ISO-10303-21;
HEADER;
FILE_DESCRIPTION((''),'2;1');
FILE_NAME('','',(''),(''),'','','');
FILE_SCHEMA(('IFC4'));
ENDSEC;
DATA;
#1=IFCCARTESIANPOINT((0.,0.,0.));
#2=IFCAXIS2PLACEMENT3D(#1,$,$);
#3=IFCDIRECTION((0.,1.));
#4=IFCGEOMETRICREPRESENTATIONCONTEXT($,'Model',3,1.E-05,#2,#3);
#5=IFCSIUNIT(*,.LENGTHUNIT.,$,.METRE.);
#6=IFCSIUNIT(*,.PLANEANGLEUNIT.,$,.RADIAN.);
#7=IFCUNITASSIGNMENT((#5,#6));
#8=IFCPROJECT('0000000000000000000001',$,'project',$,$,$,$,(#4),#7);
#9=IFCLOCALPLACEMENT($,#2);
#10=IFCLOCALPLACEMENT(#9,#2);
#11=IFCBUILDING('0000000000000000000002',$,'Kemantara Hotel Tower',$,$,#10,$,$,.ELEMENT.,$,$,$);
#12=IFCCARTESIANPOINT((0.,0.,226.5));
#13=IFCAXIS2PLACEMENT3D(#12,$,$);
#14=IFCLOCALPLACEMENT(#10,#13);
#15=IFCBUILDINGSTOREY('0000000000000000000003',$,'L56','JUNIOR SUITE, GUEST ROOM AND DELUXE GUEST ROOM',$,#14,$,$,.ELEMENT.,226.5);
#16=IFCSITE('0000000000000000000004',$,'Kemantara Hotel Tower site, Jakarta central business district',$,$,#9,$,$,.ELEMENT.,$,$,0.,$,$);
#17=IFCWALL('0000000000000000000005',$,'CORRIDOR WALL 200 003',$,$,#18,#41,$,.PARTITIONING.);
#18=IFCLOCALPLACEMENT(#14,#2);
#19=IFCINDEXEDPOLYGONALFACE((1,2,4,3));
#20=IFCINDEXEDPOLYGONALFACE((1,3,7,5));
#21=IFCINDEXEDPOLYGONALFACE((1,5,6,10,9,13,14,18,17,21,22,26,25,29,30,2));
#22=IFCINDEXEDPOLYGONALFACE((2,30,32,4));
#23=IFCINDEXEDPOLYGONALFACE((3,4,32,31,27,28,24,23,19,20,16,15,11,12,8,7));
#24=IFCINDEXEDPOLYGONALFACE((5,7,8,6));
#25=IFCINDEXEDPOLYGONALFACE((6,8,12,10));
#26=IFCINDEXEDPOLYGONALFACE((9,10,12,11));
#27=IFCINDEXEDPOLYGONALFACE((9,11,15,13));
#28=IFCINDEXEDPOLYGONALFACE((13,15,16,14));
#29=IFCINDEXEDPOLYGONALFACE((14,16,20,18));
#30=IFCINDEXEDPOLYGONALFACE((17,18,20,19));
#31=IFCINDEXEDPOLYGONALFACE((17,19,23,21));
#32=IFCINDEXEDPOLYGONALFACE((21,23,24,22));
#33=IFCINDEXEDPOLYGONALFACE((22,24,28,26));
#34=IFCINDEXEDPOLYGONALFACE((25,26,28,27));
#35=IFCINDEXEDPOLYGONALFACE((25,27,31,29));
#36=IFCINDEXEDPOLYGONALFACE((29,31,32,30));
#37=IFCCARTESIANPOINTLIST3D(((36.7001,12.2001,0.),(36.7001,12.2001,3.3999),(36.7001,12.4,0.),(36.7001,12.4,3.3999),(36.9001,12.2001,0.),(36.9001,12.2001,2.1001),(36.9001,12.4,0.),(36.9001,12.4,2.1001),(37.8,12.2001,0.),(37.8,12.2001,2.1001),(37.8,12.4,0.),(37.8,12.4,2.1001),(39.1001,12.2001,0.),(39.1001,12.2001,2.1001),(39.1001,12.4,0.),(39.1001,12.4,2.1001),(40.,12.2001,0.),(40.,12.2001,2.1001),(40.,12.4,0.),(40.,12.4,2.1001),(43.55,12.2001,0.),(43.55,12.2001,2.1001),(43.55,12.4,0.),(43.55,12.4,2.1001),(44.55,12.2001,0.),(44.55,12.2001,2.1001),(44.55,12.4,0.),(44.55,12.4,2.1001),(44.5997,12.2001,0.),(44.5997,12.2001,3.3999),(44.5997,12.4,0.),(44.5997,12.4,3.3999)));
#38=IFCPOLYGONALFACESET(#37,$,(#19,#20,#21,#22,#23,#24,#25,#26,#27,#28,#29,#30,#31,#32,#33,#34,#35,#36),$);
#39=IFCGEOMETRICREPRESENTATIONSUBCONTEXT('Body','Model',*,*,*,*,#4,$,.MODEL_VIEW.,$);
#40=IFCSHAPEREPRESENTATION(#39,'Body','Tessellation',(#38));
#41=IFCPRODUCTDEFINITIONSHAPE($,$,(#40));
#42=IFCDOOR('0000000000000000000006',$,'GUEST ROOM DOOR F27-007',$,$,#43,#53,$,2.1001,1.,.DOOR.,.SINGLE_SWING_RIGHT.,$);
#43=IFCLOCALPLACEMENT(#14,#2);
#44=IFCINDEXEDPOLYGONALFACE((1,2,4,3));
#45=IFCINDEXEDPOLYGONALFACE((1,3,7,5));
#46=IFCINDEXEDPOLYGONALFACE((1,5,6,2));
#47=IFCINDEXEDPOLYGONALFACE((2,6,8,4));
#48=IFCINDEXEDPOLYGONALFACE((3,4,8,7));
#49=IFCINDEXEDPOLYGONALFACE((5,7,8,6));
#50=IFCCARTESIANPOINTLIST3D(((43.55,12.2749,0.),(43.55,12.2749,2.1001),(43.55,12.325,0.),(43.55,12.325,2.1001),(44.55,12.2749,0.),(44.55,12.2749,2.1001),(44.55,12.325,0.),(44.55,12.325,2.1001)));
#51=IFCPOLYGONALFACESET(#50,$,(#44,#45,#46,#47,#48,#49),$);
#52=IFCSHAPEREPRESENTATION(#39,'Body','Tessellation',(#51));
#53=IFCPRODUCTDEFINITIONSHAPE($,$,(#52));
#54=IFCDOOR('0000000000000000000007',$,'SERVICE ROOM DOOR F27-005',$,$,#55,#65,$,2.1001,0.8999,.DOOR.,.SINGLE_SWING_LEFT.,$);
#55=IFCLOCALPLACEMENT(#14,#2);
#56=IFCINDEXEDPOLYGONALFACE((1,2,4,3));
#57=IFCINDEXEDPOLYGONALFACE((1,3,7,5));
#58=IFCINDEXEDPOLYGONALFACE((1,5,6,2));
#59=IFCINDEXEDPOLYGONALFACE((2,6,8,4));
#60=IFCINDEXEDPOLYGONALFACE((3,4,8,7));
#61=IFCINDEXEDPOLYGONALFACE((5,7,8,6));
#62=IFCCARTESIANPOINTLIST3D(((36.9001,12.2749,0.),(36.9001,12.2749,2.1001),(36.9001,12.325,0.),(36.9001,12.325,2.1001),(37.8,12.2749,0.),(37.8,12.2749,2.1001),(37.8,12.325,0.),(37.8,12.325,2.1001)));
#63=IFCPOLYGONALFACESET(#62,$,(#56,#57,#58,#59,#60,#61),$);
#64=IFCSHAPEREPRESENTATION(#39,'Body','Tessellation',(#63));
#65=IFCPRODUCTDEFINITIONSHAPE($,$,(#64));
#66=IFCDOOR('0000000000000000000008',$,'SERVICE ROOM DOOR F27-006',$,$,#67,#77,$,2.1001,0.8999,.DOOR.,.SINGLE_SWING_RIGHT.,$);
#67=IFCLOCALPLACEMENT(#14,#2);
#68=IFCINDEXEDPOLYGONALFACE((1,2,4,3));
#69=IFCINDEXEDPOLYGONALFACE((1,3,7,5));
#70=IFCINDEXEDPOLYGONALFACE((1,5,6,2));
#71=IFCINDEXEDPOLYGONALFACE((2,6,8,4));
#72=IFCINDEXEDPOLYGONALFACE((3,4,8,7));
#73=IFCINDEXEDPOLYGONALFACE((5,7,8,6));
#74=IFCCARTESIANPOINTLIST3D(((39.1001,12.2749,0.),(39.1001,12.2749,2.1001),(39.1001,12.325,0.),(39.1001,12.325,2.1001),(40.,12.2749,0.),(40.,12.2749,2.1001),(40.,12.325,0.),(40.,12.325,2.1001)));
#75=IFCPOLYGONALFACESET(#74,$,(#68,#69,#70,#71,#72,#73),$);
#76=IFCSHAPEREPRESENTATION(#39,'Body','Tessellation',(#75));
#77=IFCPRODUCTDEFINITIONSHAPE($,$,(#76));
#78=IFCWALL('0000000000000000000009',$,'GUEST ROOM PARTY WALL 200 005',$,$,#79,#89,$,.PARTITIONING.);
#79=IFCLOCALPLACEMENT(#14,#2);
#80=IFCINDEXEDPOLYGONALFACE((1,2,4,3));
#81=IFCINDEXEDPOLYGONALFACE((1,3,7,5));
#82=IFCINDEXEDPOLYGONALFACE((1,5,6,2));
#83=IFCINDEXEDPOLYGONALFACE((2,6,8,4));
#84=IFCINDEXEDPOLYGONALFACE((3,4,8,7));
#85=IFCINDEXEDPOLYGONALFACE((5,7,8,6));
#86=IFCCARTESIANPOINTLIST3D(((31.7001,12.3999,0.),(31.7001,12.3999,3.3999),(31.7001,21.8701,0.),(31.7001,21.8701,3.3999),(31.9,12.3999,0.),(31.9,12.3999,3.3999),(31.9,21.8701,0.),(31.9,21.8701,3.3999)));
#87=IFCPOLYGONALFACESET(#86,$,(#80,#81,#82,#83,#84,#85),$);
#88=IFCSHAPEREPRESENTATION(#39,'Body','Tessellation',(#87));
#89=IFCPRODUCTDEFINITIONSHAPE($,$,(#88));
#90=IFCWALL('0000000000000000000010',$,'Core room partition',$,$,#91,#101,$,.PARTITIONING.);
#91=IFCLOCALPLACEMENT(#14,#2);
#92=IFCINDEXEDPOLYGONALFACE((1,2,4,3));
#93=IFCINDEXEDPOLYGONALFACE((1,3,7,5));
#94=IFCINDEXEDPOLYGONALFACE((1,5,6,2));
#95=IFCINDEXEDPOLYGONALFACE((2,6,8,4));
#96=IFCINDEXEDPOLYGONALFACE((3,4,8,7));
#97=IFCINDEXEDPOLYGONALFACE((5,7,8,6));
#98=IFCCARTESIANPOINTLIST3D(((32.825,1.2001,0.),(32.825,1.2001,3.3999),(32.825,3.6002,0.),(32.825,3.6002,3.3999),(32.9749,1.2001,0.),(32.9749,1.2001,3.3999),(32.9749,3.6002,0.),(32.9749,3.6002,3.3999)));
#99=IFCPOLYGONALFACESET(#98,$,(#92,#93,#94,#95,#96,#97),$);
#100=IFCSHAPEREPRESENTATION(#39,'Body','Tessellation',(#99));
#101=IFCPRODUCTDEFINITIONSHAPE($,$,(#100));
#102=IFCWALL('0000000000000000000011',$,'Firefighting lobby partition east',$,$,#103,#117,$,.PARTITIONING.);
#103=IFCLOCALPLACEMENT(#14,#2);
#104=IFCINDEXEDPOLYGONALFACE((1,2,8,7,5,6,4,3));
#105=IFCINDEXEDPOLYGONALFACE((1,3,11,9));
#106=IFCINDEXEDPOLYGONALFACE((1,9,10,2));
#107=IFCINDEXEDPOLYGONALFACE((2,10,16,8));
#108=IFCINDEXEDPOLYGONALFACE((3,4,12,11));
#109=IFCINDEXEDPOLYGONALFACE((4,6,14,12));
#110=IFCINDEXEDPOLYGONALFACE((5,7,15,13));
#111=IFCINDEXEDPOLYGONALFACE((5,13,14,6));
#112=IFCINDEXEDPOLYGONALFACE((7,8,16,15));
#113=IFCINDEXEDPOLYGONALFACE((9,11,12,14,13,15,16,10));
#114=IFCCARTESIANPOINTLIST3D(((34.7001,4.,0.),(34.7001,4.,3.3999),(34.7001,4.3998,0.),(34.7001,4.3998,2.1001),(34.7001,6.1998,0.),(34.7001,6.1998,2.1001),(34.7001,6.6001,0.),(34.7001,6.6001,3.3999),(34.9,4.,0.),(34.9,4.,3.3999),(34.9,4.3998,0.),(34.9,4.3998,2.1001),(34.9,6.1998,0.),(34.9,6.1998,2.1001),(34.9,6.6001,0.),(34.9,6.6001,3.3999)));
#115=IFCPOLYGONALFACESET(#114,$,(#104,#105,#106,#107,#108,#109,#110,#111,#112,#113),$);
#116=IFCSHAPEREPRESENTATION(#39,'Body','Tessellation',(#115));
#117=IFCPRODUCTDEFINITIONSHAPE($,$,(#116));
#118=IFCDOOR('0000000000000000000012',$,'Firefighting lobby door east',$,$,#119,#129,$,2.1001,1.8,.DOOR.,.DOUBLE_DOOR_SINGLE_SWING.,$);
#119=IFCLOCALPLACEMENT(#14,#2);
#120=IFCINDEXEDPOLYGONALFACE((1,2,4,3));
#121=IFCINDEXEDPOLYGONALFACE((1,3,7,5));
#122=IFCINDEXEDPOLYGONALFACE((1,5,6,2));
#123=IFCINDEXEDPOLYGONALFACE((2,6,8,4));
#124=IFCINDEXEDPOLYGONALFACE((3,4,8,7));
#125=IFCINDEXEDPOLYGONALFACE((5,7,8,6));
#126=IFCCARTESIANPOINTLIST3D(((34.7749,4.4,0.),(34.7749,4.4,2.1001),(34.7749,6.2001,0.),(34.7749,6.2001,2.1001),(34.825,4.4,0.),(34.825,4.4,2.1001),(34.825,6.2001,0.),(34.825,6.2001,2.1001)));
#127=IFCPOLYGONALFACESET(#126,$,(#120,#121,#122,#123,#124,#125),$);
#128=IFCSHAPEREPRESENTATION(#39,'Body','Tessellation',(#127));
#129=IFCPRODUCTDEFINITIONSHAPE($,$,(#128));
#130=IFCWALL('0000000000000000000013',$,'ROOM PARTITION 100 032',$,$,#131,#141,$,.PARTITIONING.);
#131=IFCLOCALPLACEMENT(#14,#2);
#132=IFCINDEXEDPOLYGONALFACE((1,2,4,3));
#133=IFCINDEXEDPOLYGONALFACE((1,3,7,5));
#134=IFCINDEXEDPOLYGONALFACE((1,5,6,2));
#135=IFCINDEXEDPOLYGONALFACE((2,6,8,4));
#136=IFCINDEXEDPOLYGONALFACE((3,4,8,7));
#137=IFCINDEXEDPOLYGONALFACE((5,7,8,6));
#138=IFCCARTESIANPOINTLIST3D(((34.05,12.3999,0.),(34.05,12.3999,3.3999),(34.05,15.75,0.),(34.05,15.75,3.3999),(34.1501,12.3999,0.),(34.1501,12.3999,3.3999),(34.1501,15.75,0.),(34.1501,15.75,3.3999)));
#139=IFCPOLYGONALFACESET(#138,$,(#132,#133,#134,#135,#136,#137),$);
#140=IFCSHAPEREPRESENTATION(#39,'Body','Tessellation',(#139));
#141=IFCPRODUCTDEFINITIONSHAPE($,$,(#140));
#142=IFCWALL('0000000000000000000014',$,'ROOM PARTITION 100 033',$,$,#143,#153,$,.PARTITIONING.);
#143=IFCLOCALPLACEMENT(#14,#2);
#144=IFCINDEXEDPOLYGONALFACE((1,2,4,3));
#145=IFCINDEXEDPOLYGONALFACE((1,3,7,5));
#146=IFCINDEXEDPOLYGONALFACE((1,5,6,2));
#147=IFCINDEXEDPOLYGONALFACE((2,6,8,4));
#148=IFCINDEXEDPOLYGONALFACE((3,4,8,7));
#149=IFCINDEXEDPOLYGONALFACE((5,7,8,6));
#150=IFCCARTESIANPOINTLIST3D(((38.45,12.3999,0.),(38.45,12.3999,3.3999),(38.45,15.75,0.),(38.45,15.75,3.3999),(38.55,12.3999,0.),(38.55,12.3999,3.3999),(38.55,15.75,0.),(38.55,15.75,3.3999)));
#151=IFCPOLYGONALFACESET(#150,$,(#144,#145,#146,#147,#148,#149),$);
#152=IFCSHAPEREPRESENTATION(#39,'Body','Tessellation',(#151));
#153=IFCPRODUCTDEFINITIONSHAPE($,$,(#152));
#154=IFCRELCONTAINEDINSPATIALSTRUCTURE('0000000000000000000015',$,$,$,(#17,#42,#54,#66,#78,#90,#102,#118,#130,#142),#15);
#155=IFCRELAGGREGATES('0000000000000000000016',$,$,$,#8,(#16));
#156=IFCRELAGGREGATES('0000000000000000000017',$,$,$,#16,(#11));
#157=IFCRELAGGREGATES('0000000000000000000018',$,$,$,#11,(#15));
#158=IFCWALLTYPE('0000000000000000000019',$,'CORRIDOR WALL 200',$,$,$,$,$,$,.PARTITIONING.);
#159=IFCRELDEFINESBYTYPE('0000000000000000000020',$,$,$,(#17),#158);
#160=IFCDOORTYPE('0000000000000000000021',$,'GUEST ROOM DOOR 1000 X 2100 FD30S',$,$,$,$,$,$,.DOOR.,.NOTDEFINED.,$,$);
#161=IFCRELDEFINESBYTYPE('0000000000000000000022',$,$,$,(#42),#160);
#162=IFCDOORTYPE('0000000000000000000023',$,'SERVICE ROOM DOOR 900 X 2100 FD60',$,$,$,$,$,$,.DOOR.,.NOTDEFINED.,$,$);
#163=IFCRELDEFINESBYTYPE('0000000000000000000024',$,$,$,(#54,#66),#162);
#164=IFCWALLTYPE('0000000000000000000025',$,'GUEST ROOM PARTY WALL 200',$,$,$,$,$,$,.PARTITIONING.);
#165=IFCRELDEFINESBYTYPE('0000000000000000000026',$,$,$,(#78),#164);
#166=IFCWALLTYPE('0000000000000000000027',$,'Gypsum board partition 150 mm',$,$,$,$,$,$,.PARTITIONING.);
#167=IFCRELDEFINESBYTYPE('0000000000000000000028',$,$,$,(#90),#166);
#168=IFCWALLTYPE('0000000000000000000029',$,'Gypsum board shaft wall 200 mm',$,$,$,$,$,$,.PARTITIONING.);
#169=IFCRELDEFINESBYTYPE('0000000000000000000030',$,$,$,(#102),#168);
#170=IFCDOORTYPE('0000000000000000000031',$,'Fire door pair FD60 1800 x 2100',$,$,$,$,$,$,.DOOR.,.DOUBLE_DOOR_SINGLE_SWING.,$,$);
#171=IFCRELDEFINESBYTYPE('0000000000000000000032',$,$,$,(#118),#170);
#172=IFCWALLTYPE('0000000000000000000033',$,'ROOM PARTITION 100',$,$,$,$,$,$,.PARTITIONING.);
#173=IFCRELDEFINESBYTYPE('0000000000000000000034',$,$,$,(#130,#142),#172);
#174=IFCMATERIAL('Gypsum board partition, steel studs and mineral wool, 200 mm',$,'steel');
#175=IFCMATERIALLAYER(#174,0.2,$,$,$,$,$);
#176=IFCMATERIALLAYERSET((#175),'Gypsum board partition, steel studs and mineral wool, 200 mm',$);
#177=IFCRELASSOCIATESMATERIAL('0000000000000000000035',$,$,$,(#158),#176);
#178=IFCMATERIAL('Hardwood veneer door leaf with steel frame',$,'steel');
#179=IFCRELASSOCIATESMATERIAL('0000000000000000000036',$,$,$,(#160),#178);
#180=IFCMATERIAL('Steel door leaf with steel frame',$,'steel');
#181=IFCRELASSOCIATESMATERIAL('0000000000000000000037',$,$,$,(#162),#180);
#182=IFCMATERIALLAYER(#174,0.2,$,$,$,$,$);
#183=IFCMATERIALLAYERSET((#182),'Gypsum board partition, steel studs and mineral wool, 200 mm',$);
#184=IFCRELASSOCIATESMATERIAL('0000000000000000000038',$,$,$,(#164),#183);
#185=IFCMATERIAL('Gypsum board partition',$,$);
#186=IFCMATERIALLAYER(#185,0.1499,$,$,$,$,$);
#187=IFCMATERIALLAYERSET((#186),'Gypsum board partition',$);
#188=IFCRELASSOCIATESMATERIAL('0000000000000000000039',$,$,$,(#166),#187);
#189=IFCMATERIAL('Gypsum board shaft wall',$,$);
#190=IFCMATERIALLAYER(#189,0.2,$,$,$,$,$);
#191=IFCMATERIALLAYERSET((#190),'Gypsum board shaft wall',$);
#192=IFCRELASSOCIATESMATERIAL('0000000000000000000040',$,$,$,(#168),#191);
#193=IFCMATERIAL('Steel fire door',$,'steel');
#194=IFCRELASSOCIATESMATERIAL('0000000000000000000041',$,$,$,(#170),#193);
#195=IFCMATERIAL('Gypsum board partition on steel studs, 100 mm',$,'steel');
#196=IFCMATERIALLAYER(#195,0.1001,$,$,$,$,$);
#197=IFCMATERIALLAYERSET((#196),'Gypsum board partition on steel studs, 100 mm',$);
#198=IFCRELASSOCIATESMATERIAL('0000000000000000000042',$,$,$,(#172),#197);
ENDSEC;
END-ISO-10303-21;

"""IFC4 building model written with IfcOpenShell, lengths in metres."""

from ifc_helpers import new_model, si_unit, direction, frame, frame_2d, origin, place, context, subcontext, project, spatial, rectangle, extrude, material, layer, layer_set, type_object, element, fill, save


model = new_model("IFC4")

# Units and contexts
model_context = context("Model", 3, precision=1e-05, world=origin(), true_north=direction((0.0, 1.0)))
body_context = subcontext(model_context, "Body", "Model", "MODEL_VIEW")
ifc_project = project(units=[si_unit("LENGTHUNIT", "METRE"), si_unit("PLANEANGLEUNIT", "RADIAN")], contexts=[model_context])

# Site, building, storey
site_placement = place(None, origin())
site = spatial("IfcSite", under=ifc_project, at=site_placement, Name="Kemantara Hotel Tower site, Jakarta central business district", CompositionType="ELEMENT", RefElevation=0.0)
building_placement = place(site_placement, origin())
building = spatial("IfcBuilding", under=site, at=building_placement, Name="Kemantara Hotel Tower", CompositionType="ELEMENT")
storey_placement = place(building_placement, frame((0.0, 0.0, 226.5)))
storey = spatial("IfcBuildingStorey", under=building, at=storey_placement, Name="L56", Description="JUNIOR SUITE, GUEST ROOM AND DELUXE GUEST ROOM", CompositionType="ELEMENT", Elevation=226.5)

# Shared definitions
ifc_material_1 = material(Name="Steel fire door", Category="steel")

# Wall, openings, doors
ifc_material_2 = material(Name="Gypsum board partition, steel studs and mineral wool, 200 mm", Category="steel")
ifc_layer_1 = layer(ifc_material_2, 0.2)
ifc_layer_set_1 = layer_set([ifc_layer_1], Name="Gypsum board partition, steel studs and mineral wool, 200 mm")
wall_type_1 = type_object("IfcWallType", Name="CORRIDOR WALL 200", PredefinedType="PARTITIONING", material=ifc_layer_set_1)
wall_1_placement = place(storey_placement, frame((36.7002, 12.3, 0.0), z_axis=(0.0, 0.0, 1.0), x_axis=(1.0, 0.0, 0.0)))
wall_1 = element("IfcWall", 1, at=wall_1_placement, inside=storey, type_object=wall_type_1, Name="CORRIDOR WALL 200 003", PredefinedType="PARTITIONING", context=body_context, shape_type="SweptSolid", body=[
    extrude(rectangle(XDim=7.8997, YDim=0.2, at=frame_2d((3.9497, 0.0))), origin(), (0.0, 0.0, 1.0), 3.3999),
])
opening_1_placement = place(wall_1_placement, frame((0.2, 0.0, 0.0)))
opening_1 = element("IfcOpeningElement", 2, at=opening_1_placement, cuts=wall_1, PredefinedType="OPENING", context=body_context, shape_type="SweptSolid", body=[
    extrude(rectangle(XDim=0.8999, YDim=2.1001, at=frame_2d((0.45, 1.05))), frame((0.0, 0.1099, 0.0), z_axis=(0.0, -1.0, 0.0), x_axis=(1.0, 0.0, 0.0)), (0.0, 0.0, 1.0), 0.22),
])
opening_2_placement = place(wall_1_placement, frame((2.3999, 0.0, 0.0)))
opening_2 = element("IfcOpeningElement", 3, at=opening_2_placement, cuts=wall_1, PredefinedType="OPENING", context=body_context, shape_type="SweptSolid", body=[
    extrude(rectangle(XDim=0.8999, YDim=2.1001, at=frame_2d((0.45, 1.05))), frame((0.0, 0.1099, 0.0), z_axis=(0.0, -1.0, 0.0), x_axis=(1.0, 0.0, 0.0)), (0.0, 0.0, 1.0), 0.22),
])
opening_3_placement = place(wall_1_placement, frame((6.8499, 0.0, 0.0)))
opening_3 = element("IfcOpeningElement", 4, at=opening_3_placement, cuts=wall_1, PredefinedType="OPENING", context=body_context, shape_type="SweptSolid", body=[
    extrude(rectangle(XDim=1.0, YDim=2.1001, at=frame_2d((0.5, 1.05))), frame((0.0, 0.1099, 0.0), z_axis=(0.0, -1.0, 0.0), x_axis=(1.0, 0.0, 0.0)), (0.0, 0.0, 1.0), 0.22),
])
ifc_material_3 = material(Name="Hardwood veneer door leaf with steel frame", Category="steel")
door_type_1 = type_object("IfcDoorType", Name="GUEST ROOM DOOR 1000 X 2100 FD30S", OperationType="NOTDEFINED", PredefinedType="DOOR", material=ifc_material_3)
door_1_placement = place(opening_3_placement, origin())
door_1 = element("IfcDoor", 5, at=door_1_placement, inside=storey, type_object=door_type_1, Name="GUEST ROOM DOOR F27-007", OperationType="SINGLE_SWING_RIGHT", OverallHeight=2.1001, OverallWidth=1.0, PredefinedType="DOOR", context=body_context, shape_type="SweptSolid", body=[
    extrude(rectangle(XDim=1.0, YDim=2.1001, at=frame_2d((0.5, 1.05))), frame((0.0, 0.0249, 0.0), z_axis=(0.0, -1.0, 0.0), x_axis=(1.0, 0.0, 0.0)), (0.0, 0.0, 1.0), 0.05),
])
fill(opening_3, door_1)
ifc_material_4 = material(Name="Steel door leaf with steel frame", Category="steel")
door_type_2 = type_object("IfcDoorType", Name="SERVICE ROOM DOOR 900 X 2100 FD60", OperationType="NOTDEFINED", PredefinedType="DOOR", material=ifc_material_4)
door_2_placement = place(opening_1_placement, origin())
door_2 = element("IfcDoor", 6, at=door_2_placement, inside=storey, type_object=door_type_2, Name="SERVICE ROOM DOOR F27-005", OperationType="SINGLE_SWING_LEFT", OverallHeight=2.1001, OverallWidth=0.8999, PredefinedType="DOOR", context=body_context, shape_type="SweptSolid", body=[
    extrude(rectangle(XDim=0.8999, YDim=2.1001, at=frame_2d((0.45, 1.05))), frame((0.0, 0.0249, 0.0), z_axis=(0.0, -1.0, 0.0), x_axis=(1.0, 0.0, 0.0)), (0.0, 0.0, 1.0), 0.05),
])
fill(opening_1, door_2)
door_3_placement = place(opening_2_placement, origin())
door_3 = element("IfcDoor", 7, at=door_3_placement, inside=storey, type_object=door_type_2, Name="SERVICE ROOM DOOR F27-006", OperationType="SINGLE_SWING_RIGHT", OverallHeight=2.1001, OverallWidth=0.8999, PredefinedType="DOOR", context=body_context, shape_type="SweptSolid", body=[
    extrude(rectangle(XDim=0.8999, YDim=2.1001, at=frame_2d((0.45, 1.05))), frame((0.0, 0.0249, 0.0), z_axis=(0.0, -1.0, 0.0), x_axis=(1.0, 0.0, 0.0)), (0.0, 0.0, 1.0), 0.05),
])
fill(opening_2, door_3)

# Walls
ifc_layer_2 = layer(ifc_material_2, 0.2)
ifc_layer_set_2 = layer_set([ifc_layer_2], Name="Gypsum board partition, steel studs and mineral wool, 200 mm")
wall_type_2 = type_object("IfcWallType", Name="GUEST ROOM PARTY WALL 200", PredefinedType="PARTITIONING", material=ifc_layer_set_2)
wall_2_placement = place(storey_placement, frame((31.8, 12.3999, 0.0), z_axis=(0.0, 0.0, 1.0), x_axis=(0.0, 1.0, 0.0)))
element("IfcWall", 8, at=wall_2_placement, inside=storey, type_object=wall_type_2, Name="GUEST ROOM PARTY WALL 200 005", PredefinedType="PARTITIONING", context=body_context, shape_type="SweptSolid", body=[
    extrude(rectangle(XDim=9.4702, YDim=0.2, at=frame_2d((4.7351, 0.0))), origin(), (0.0, 0.0, 1.0), 3.3999),
])
ifc_material_5 = material(Name="Gypsum board partition")
ifc_layer_3 = layer(ifc_material_5, 0.1499)
ifc_layer_set_3 = layer_set([ifc_layer_3], Name="Gypsum board partition")
wall_type_3 = type_object("IfcWallType", Name="Gypsum board partition 150 mm", PredefinedType="PARTITIONING", material=ifc_layer_set_3)
wall_3_placement = place(storey_placement, frame((32.8999, 1.2, 0.0), z_axis=(0.0, 0.0, 1.0), x_axis=(0.0, 1.0, 0.0)))
element("IfcWall", 9, at=wall_3_placement, inside=storey, type_object=wall_type_3, Name="Core room partition", PredefinedType="PARTITIONING", context=body_context, shape_type="SweptSolid", body=[
    extrude(rectangle(XDim=2.4001, YDim=0.1499, at=frame_2d((1.2002, 0.0))), origin(), (0.0, 0.0, 1.0), 3.3999),
])

# Wall, opening, door
ifc_material_6 = material(Name="Gypsum board shaft wall")
ifc_layer_4 = layer(ifc_material_6, 0.2)
ifc_layer_set_4 = layer_set([ifc_layer_4], Name="Gypsum board shaft wall")
wall_type_4 = type_object("IfcWallType", Name="Gypsum board shaft wall 200 mm", PredefinedType="PARTITIONING", material=ifc_layer_set_4)
wall_4_placement = place(storey_placement, frame((34.8, 4.0, 0.0), z_axis=(0.0, 0.0, 1.0), x_axis=(0.0, 1.0, 0.0)))
wall_4 = element("IfcWall", 10, at=wall_4_placement, inside=storey, type_object=wall_type_4, Name="Firefighting lobby partition east", PredefinedType="PARTITIONING", context=body_context, shape_type="SweptSolid", body=[
    extrude(rectangle(XDim=2.6001, YDim=0.2, at=frame_2d((1.3, 0.0))), origin(), (0.0, 0.0, 1.0), 3.3999),
])
opening_4_placement = place(wall_4_placement, frame((0.3999, 0.0, 0.0)))
opening_4 = element("IfcOpeningElement", 11, at=opening_4_placement, cuts=wall_4, PredefinedType="OPENING", context=body_context, shape_type="SweptSolid", body=[
    extrude(rectangle(XDim=1.8, YDim=2.1001, at=frame_2d((0.8999, 1.05))), frame((0.0, 0.1099, 0.0), z_axis=(0.0, -1.0, 0.0), x_axis=(1.0, 0.0, 0.0)), (0.0, 0.0, 1.0), 0.22),
])
door_type_3 = type_object("IfcDoorType", Name="Fire door pair FD60 1800 x 2100", OperationType="DOUBLE_DOOR_SINGLE_SWING", PredefinedType="DOOR", material=ifc_material_1)
door_4_placement = place(opening_4_placement, frame((1.8, 0.0, 0.0), z_axis=(0.0, 0.0, 1.0), x_axis=(-1.0, 0.0, 0.0)))
door_4 = element("IfcDoor", 12, at=door_4_placement, inside=storey, type_object=door_type_3, Name="Firefighting lobby door east", OperationType="DOUBLE_DOOR_SINGLE_SWING", OverallHeight=2.1001, OverallWidth=1.8, PredefinedType="DOOR", context=body_context, shape_type="SweptSolid", body=[
    extrude(rectangle(XDim=1.8, YDim=2.1001, at=frame_2d((0.8999, 1.05))), frame((0.0, 0.0249, 0.0), z_axis=(0.0, -1.0, 0.0), x_axis=(1.0, 0.0, 0.0)), (0.0, 0.0, 1.0), 0.05),
])
fill(opening_4, door_4)

# Walls
ifc_material_7 = material(Name="Gypsum board partition on steel studs, 100 mm", Category="steel")
ifc_layer_5 = layer(ifc_material_7, 0.1001)
ifc_layer_set_5 = layer_set([ifc_layer_5], Name="Gypsum board partition on steel studs, 100 mm")
wall_type_5 = type_object("IfcWallType", Name="ROOM PARTITION 100", PredefinedType="PARTITIONING", material=ifc_layer_set_5)
for number, where, z_axis, x_axis, name in (
    (13, (34.1001, 12.3999, 0.0), (0.0, 0.0, 1.0), (0.0, 1.0, 0.0), "ROOM PARTITION 100 032"),
    (14, (38.5, 12.3999, 0.0), (0.0, 0.0, 1.0), (0.0, 1.0, 0.0), "ROOM PARTITION 100 033"),
):
    element("IfcWall", number, at=place(storey_placement, frame(where, z_axis=z_axis, x_axis=x_axis)), inside=storey, type_object=wall_type_5, Name=name, PredefinedType="PARTITIONING", context=body_context, shape_type="SweptSolid", body=[
        extrude(rectangle(XDim=3.3501, YDim=0.1001, at=frame_2d((1.675, 0.0))), origin(), (0.0, 0.0, 1.0), 3.3999),
    ])

save(model, "model.ifc")
